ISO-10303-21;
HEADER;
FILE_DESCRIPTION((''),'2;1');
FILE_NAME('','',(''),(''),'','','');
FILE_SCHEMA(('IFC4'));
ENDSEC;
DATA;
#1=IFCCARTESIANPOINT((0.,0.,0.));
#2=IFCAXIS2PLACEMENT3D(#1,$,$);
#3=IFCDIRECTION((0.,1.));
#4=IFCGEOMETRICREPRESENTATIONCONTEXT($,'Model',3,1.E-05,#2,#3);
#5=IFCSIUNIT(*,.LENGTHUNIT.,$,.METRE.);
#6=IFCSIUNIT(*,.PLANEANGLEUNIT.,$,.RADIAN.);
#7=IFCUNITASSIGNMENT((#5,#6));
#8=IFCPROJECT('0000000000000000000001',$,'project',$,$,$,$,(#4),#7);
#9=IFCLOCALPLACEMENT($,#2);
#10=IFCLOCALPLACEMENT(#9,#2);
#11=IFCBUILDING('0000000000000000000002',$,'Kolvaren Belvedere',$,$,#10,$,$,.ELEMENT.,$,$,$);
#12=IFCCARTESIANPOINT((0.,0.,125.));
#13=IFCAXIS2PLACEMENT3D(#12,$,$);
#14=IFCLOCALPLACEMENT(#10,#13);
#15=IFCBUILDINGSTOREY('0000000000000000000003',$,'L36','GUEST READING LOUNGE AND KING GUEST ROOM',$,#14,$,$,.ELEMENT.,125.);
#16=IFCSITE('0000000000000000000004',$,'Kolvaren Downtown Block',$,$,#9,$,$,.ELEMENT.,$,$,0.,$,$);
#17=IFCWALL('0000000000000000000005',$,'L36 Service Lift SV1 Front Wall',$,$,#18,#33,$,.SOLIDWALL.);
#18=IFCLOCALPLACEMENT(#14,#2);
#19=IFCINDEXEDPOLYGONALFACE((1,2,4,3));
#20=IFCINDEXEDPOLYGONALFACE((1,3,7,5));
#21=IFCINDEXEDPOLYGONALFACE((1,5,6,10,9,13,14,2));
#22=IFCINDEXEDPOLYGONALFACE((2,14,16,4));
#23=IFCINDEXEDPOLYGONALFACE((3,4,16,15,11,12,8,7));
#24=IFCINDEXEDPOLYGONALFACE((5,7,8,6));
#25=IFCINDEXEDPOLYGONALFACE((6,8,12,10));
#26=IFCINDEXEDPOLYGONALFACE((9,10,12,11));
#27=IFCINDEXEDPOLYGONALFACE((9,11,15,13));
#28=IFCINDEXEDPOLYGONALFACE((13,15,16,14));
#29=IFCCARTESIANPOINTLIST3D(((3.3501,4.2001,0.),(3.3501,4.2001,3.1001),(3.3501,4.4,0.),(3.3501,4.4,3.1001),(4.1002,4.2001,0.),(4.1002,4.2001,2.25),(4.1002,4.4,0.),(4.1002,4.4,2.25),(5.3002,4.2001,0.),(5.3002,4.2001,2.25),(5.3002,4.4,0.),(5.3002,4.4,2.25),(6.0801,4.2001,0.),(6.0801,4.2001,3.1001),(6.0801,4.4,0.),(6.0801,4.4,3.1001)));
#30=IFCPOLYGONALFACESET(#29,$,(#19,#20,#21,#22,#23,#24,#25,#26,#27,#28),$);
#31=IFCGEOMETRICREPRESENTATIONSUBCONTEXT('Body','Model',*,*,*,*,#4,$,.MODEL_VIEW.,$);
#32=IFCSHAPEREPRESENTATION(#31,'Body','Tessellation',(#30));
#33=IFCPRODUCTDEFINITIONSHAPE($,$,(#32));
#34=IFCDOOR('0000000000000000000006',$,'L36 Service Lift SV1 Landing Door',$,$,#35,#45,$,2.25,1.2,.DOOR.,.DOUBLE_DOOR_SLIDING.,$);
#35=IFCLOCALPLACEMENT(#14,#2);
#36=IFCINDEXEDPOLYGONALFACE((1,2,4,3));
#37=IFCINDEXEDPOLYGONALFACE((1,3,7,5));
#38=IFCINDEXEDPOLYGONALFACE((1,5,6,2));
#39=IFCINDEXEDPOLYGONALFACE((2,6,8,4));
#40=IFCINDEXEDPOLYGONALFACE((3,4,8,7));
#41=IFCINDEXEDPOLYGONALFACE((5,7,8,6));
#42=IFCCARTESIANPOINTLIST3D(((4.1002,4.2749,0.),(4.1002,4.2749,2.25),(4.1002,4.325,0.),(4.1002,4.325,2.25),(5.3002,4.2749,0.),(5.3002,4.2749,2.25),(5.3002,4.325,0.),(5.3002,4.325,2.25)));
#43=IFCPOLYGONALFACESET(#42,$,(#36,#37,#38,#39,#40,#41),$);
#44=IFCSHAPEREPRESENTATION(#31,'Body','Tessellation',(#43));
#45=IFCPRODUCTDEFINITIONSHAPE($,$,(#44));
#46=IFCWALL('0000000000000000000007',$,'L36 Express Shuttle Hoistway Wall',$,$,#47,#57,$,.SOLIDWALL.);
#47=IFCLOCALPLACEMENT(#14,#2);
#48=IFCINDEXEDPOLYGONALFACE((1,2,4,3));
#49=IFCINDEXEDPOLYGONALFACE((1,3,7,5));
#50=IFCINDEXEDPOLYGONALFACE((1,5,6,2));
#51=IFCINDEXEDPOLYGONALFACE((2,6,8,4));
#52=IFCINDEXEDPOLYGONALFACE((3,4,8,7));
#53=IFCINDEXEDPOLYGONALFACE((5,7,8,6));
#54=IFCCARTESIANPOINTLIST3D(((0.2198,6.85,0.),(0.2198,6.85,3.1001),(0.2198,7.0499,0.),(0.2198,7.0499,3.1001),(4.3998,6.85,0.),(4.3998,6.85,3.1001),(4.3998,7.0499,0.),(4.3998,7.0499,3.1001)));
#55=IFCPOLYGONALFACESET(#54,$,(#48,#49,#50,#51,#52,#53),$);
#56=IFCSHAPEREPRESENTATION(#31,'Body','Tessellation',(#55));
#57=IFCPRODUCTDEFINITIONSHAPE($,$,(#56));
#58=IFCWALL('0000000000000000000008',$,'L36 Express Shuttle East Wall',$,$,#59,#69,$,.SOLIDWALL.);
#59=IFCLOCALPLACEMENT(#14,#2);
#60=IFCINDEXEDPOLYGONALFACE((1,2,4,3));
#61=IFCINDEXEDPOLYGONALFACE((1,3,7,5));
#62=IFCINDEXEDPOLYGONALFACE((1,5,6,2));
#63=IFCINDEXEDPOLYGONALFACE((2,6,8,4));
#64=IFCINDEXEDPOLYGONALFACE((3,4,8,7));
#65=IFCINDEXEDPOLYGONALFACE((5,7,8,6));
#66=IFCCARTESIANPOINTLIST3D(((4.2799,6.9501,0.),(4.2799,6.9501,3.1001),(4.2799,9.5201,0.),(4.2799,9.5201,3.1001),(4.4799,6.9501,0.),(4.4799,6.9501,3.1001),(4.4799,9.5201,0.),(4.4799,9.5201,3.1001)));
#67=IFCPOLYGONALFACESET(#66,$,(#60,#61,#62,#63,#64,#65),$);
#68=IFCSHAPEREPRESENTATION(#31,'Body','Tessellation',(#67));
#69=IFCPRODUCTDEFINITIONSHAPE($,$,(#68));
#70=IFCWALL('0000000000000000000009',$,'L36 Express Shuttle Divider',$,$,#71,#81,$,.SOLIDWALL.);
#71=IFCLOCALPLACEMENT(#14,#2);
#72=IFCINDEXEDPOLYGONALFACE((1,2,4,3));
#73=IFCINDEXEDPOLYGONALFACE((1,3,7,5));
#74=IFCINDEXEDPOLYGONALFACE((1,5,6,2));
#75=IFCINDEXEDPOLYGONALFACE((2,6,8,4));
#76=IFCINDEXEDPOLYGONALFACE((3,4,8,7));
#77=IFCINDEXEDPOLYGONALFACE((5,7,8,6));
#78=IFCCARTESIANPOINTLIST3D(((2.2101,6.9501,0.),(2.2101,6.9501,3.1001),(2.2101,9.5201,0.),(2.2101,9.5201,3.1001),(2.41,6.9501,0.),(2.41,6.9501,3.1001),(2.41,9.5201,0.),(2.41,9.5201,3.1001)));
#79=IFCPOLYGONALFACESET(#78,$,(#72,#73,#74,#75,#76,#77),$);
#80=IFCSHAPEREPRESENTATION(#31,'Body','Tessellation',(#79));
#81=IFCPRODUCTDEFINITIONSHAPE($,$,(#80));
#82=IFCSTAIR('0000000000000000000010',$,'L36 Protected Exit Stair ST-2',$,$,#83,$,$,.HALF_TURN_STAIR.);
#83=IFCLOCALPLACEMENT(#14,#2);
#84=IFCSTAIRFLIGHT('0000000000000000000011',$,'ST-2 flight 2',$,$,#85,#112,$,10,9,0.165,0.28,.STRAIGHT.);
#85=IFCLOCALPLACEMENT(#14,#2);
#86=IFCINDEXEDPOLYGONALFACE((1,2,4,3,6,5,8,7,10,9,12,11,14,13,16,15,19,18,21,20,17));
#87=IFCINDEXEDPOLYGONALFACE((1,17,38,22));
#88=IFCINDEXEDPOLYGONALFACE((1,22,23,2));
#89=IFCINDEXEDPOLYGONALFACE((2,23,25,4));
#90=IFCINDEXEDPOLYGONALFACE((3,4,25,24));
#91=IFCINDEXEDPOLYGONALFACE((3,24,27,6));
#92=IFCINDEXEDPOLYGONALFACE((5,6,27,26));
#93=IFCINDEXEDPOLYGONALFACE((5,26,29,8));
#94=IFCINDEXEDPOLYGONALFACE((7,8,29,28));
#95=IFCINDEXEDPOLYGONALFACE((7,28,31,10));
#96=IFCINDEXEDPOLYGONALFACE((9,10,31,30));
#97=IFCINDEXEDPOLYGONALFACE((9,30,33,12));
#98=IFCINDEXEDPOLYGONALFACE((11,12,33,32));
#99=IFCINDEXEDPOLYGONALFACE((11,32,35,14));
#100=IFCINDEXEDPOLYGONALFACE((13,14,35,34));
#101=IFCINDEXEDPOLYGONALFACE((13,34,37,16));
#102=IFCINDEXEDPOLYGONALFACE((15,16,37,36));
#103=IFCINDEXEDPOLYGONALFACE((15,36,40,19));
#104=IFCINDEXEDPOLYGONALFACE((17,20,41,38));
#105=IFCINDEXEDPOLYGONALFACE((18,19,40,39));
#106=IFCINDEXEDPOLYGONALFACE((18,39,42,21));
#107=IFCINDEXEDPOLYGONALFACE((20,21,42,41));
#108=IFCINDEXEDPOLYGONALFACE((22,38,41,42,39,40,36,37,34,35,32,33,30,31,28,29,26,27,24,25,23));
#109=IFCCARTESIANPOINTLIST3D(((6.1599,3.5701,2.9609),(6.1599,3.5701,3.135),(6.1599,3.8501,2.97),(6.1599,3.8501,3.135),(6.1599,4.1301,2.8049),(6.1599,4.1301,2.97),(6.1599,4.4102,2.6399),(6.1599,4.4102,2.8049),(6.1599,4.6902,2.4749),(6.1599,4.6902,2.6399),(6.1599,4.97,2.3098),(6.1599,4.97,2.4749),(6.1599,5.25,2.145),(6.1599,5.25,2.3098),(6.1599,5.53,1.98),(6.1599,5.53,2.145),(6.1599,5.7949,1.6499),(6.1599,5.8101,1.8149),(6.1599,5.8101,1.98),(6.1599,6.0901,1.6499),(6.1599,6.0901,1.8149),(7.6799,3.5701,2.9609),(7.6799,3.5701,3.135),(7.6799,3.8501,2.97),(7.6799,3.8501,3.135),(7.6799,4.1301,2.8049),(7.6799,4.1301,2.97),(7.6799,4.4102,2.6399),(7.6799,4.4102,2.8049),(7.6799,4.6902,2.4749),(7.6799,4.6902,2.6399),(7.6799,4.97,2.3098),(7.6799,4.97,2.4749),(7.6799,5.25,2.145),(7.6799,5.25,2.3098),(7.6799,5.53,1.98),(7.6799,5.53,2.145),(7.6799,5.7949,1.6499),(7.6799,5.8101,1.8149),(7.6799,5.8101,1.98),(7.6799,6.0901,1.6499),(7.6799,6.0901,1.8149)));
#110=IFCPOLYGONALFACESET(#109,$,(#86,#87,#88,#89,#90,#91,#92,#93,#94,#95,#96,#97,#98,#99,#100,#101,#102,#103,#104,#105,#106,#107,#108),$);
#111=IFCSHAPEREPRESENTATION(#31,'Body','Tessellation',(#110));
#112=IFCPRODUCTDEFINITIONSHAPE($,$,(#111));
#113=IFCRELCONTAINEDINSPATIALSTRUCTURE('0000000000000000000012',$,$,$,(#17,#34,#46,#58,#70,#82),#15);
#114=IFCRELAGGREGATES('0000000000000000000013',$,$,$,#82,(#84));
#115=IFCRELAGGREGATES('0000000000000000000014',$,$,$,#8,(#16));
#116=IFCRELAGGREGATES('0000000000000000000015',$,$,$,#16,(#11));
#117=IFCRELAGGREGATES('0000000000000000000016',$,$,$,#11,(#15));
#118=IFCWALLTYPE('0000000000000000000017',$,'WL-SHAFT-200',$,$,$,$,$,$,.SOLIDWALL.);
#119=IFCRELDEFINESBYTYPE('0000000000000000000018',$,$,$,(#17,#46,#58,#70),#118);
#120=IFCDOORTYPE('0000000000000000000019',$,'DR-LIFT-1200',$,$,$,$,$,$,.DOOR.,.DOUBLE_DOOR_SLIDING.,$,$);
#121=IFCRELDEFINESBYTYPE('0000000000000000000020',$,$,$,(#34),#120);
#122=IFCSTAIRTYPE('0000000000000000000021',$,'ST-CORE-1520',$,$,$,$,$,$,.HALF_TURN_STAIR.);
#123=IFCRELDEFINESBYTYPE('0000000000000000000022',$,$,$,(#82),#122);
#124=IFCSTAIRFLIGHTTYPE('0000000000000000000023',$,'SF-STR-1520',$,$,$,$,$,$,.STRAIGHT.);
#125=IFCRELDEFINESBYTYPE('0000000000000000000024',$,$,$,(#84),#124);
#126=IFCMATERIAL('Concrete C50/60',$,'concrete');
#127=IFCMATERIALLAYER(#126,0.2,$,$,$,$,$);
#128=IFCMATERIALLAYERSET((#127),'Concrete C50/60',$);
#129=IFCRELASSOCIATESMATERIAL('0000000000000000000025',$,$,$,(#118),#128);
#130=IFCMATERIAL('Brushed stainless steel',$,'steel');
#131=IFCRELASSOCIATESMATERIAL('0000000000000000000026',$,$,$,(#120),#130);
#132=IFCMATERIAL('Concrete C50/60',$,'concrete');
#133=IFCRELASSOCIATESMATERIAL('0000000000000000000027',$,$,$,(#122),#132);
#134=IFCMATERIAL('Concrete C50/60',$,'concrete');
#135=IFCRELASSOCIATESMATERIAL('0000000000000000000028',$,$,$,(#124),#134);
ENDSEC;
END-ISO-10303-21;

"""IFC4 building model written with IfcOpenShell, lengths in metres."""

from ifc_helpers import new_model, si_unit, direction, frame, frame_2d, origin, place, context, subcontext, project, spatial, polyline, rectangle, outline, extrude, material, layer, layer_set, type_object, element, fill, aggregate, save


model = new_model("IFC4")

# Units and contexts
model_context = context("Model", 3, precision=1e-05, world=origin(), true_north=direction((0.0, 1.0)))
body_context = subcontext(model_context, "Body", "Model", "MODEL_VIEW")
ifc_project = project(units=[si_unit("LENGTHUNIT", "METRE"), si_unit("PLANEANGLEUNIT", "RADIAN")], contexts=[model_context])

# Site, building, storey
site_placement = place(None, origin())
site = spatial("IfcSite", under=ifc_project, at=site_placement, Name="Kolvaren Downtown Block", CompositionType="ELEMENT", RefElevation=0.0)
building_placement = place(site_placement, origin())
building = spatial("IfcBuilding", under=site, at=building_placement, Name="Kolvaren Belvedere", CompositionType="ELEMENT")
storey_placement = place(building_placement, frame((0.0, 0.0, 125.0)))
storey = spatial("IfcBuildingStorey", under=building, at=storey_placement, Name="L36", Description="GUEST READING LOUNGE AND KING GUEST ROOM", CompositionType="ELEMENT", Elevation=125.0)

# Wall, opening, door
ifc_material_1 = material(Name="Concrete C50/60", Category="concrete")
ifc_layer_1 = layer(ifc_material_1, 0.2)
ifc_layer_set_1 = layer_set([ifc_layer_1], Name="Concrete C50/60")
wall_type_1 = type_object("IfcWallType", Name="WL-SHAFT-200", PredefinedType="SOLIDWALL", material=ifc_layer_set_1)
wall_1_placement = place(storey_placement, frame((3.3501, 4.3, 0.0), z_axis=(0.0, 0.0, 1.0), x_axis=(1.0, 0.0, 0.0)))
wall_1 = element("IfcWall", 1, at=wall_1_placement, inside=storey, type_object=wall_type_1, Name="L36 Service Lift SV1 Front Wall", PredefinedType="SOLIDWALL", context=body_context, shape_type="SweptSolid", body=[
    extrude(rectangle(XDim=2.73, YDim=0.2, at=frame_2d((1.365, 0.0))), origin(), (0.0, 0.0, 1.0), 3.1001),
])
opening_1_placement = place(wall_1_placement, frame((0.75, 0.0, 0.0)))
opening_1 = element("IfcOpeningElement", 2, at=opening_1_placement, cuts=wall_1, PredefinedType="OPENING", context=body_context, shape_type="SweptSolid", body=[
    extrude(rectangle(XDim=1.2, YDim=2.25, at=frame_2d((0.6001, 1.125))), frame((0.0, 0.1099, 0.0), z_axis=(0.0, -1.0, 0.0), x_axis=(1.0, 0.0, 0.0)), (0.0, 0.0, 1.0), 0.22),
])
ifc_material_2 = material(Name="Brushed stainless steel", Category="steel")
door_type_1 = type_object("IfcDoorType", Name="DR-LIFT-1200", OperationType="DOUBLE_DOOR_SLIDING", PredefinedType="DOOR", material=ifc_material_2)
door_1_placement = place(opening_1_placement, origin())
door_1 = element("IfcDoor", 3, at=door_1_placement, inside=storey, type_object=door_type_1, Name="L36 Service Lift SV1 Landing Door", OperationType="DOUBLE_DOOR_SLIDING", OverallHeight=2.25, OverallWidth=1.2, PredefinedType="DOOR", context=body_context, shape_type="SweptSolid", body=[
    extrude(rectangle(XDim=1.2, YDim=2.25, at=frame_2d((0.6001, 1.125))), frame((0.0, 0.0249, 0.0), z_axis=(0.0, -1.0, 0.0), x_axis=(1.0, 0.0, 0.0)), (0.0, 0.0, 1.0), 0.05),
])
fill(opening_1, door_1)

# Walls
wall_2_placement = place(storey_placement, frame((0.22, 6.95, 0.0), z_axis=(0.0, 0.0, 1.0), x_axis=(1.0, 0.0, 0.0)))
element("IfcWall", 4, at=wall_2_placement, inside=storey, type_object=wall_type_1, Name="L36 Express Shuttle Hoistway Wall", PredefinedType="SOLIDWALL", context=body_context, shape_type="SweptSolid", body=[
    extrude(rectangle(XDim=4.1799, YDim=0.2, at=frame_2d((2.0898, 0.0))), origin(), (0.0, 0.0, 1.0), 3.1001),
])
for number, where, z_axis, x_axis, name in (
    (5, (4.3799, 6.95, 0.0), (0.0, 0.0, 1.0), (0.0, 1.0, 0.0), "L36 Express Shuttle East Wall"),
    (6, (2.3101, 6.95, 0.0), (0.0, 0.0, 1.0), (0.0, 1.0, 0.0), "L36 Express Shuttle Divider"),
):
    element("IfcWall", number, at=place(storey_placement, frame(where, z_axis=z_axis, x_axis=x_axis)), inside=storey, type_object=wall_type_1, Name=name, PredefinedType="SOLIDWALL", context=body_context, shape_type="SweptSolid", body=[
        extrude(rectangle(XDim=2.5701, YDim=0.2, at=frame_2d((1.2852, 0.0))), origin(), (0.0, 0.0, 1.0), 3.1001),
    ])

# Stair, stair flight
ifc_material_3 = material(Name="Concrete C50/60", Category="concrete")
stair_type = type_object("IfcStairType", Name="ST-CORE-1520", PredefinedType="HALF_TURN_STAIR", material=ifc_material_3)
stair_placement = place(storey_placement, origin())
stair = element("IfcStair", 7, at=stair_placement, inside=storey, type_object=stair_type, Name="L36 Protected Exit Stair ST-2", PredefinedType="HALF_TURN_STAIR")
ifc_material_4 = material(Name="Concrete C50/60", Category="concrete")
stair_flight_type = type_object("IfcStairFlightType", Name="SF-STR-1520", PredefinedType="STRAIGHT", material=ifc_material_4)
stair_flight_placement = place(storey_placement, frame((6.9199, 6.0901, 1.6499), z_axis=(0.0, 0.0, 1.0), x_axis=(0.0, -1.0, 0.0)))
stair_flight = element("IfcStairFlight", 8, at=stair_flight_placement, type_object=stair_flight_type, Name="ST-2 flight 2", NumberOfRisers=10, NumberOfTreads=9, PredefinedType="STRAIGHT", RiserHeight=0.165, TreadLength=0.28, context=body_context, shape_type="SweptSolid", body=[
    extrude(outline(polyline([(0.0, 0.0), (0.0, 0.165), (0.28, 0.165), (0.28, 0.3301), (0.5601, 0.3301), (0.5601, 0.4951), (0.8401, 0.4951), (0.8401, 0.6599), (1.1201, 0.6599), (1.1201, 0.825), (1.3999, 0.825), (1.3999, 0.99), (1.6799, 0.99), (1.6799, 1.155), (1.96, 1.155), (1.96, 1.3201), (2.24, 1.3201), (2.24, 1.4851), (2.52, 1.4851), (2.52, 1.6499), (2.52, 1.311), (0.2952, 0.0), (0.0, 0.0)])), frame((0.0, 0.76, 0.0), z_axis=(0.0, -1.0, 0.0), x_axis=(1.0, 0.0, 0.0)), (0.0, 0.0, 1.0), 1.52),
])
aggregate(stair, [stair_flight])

save(model, "model.ifc")
